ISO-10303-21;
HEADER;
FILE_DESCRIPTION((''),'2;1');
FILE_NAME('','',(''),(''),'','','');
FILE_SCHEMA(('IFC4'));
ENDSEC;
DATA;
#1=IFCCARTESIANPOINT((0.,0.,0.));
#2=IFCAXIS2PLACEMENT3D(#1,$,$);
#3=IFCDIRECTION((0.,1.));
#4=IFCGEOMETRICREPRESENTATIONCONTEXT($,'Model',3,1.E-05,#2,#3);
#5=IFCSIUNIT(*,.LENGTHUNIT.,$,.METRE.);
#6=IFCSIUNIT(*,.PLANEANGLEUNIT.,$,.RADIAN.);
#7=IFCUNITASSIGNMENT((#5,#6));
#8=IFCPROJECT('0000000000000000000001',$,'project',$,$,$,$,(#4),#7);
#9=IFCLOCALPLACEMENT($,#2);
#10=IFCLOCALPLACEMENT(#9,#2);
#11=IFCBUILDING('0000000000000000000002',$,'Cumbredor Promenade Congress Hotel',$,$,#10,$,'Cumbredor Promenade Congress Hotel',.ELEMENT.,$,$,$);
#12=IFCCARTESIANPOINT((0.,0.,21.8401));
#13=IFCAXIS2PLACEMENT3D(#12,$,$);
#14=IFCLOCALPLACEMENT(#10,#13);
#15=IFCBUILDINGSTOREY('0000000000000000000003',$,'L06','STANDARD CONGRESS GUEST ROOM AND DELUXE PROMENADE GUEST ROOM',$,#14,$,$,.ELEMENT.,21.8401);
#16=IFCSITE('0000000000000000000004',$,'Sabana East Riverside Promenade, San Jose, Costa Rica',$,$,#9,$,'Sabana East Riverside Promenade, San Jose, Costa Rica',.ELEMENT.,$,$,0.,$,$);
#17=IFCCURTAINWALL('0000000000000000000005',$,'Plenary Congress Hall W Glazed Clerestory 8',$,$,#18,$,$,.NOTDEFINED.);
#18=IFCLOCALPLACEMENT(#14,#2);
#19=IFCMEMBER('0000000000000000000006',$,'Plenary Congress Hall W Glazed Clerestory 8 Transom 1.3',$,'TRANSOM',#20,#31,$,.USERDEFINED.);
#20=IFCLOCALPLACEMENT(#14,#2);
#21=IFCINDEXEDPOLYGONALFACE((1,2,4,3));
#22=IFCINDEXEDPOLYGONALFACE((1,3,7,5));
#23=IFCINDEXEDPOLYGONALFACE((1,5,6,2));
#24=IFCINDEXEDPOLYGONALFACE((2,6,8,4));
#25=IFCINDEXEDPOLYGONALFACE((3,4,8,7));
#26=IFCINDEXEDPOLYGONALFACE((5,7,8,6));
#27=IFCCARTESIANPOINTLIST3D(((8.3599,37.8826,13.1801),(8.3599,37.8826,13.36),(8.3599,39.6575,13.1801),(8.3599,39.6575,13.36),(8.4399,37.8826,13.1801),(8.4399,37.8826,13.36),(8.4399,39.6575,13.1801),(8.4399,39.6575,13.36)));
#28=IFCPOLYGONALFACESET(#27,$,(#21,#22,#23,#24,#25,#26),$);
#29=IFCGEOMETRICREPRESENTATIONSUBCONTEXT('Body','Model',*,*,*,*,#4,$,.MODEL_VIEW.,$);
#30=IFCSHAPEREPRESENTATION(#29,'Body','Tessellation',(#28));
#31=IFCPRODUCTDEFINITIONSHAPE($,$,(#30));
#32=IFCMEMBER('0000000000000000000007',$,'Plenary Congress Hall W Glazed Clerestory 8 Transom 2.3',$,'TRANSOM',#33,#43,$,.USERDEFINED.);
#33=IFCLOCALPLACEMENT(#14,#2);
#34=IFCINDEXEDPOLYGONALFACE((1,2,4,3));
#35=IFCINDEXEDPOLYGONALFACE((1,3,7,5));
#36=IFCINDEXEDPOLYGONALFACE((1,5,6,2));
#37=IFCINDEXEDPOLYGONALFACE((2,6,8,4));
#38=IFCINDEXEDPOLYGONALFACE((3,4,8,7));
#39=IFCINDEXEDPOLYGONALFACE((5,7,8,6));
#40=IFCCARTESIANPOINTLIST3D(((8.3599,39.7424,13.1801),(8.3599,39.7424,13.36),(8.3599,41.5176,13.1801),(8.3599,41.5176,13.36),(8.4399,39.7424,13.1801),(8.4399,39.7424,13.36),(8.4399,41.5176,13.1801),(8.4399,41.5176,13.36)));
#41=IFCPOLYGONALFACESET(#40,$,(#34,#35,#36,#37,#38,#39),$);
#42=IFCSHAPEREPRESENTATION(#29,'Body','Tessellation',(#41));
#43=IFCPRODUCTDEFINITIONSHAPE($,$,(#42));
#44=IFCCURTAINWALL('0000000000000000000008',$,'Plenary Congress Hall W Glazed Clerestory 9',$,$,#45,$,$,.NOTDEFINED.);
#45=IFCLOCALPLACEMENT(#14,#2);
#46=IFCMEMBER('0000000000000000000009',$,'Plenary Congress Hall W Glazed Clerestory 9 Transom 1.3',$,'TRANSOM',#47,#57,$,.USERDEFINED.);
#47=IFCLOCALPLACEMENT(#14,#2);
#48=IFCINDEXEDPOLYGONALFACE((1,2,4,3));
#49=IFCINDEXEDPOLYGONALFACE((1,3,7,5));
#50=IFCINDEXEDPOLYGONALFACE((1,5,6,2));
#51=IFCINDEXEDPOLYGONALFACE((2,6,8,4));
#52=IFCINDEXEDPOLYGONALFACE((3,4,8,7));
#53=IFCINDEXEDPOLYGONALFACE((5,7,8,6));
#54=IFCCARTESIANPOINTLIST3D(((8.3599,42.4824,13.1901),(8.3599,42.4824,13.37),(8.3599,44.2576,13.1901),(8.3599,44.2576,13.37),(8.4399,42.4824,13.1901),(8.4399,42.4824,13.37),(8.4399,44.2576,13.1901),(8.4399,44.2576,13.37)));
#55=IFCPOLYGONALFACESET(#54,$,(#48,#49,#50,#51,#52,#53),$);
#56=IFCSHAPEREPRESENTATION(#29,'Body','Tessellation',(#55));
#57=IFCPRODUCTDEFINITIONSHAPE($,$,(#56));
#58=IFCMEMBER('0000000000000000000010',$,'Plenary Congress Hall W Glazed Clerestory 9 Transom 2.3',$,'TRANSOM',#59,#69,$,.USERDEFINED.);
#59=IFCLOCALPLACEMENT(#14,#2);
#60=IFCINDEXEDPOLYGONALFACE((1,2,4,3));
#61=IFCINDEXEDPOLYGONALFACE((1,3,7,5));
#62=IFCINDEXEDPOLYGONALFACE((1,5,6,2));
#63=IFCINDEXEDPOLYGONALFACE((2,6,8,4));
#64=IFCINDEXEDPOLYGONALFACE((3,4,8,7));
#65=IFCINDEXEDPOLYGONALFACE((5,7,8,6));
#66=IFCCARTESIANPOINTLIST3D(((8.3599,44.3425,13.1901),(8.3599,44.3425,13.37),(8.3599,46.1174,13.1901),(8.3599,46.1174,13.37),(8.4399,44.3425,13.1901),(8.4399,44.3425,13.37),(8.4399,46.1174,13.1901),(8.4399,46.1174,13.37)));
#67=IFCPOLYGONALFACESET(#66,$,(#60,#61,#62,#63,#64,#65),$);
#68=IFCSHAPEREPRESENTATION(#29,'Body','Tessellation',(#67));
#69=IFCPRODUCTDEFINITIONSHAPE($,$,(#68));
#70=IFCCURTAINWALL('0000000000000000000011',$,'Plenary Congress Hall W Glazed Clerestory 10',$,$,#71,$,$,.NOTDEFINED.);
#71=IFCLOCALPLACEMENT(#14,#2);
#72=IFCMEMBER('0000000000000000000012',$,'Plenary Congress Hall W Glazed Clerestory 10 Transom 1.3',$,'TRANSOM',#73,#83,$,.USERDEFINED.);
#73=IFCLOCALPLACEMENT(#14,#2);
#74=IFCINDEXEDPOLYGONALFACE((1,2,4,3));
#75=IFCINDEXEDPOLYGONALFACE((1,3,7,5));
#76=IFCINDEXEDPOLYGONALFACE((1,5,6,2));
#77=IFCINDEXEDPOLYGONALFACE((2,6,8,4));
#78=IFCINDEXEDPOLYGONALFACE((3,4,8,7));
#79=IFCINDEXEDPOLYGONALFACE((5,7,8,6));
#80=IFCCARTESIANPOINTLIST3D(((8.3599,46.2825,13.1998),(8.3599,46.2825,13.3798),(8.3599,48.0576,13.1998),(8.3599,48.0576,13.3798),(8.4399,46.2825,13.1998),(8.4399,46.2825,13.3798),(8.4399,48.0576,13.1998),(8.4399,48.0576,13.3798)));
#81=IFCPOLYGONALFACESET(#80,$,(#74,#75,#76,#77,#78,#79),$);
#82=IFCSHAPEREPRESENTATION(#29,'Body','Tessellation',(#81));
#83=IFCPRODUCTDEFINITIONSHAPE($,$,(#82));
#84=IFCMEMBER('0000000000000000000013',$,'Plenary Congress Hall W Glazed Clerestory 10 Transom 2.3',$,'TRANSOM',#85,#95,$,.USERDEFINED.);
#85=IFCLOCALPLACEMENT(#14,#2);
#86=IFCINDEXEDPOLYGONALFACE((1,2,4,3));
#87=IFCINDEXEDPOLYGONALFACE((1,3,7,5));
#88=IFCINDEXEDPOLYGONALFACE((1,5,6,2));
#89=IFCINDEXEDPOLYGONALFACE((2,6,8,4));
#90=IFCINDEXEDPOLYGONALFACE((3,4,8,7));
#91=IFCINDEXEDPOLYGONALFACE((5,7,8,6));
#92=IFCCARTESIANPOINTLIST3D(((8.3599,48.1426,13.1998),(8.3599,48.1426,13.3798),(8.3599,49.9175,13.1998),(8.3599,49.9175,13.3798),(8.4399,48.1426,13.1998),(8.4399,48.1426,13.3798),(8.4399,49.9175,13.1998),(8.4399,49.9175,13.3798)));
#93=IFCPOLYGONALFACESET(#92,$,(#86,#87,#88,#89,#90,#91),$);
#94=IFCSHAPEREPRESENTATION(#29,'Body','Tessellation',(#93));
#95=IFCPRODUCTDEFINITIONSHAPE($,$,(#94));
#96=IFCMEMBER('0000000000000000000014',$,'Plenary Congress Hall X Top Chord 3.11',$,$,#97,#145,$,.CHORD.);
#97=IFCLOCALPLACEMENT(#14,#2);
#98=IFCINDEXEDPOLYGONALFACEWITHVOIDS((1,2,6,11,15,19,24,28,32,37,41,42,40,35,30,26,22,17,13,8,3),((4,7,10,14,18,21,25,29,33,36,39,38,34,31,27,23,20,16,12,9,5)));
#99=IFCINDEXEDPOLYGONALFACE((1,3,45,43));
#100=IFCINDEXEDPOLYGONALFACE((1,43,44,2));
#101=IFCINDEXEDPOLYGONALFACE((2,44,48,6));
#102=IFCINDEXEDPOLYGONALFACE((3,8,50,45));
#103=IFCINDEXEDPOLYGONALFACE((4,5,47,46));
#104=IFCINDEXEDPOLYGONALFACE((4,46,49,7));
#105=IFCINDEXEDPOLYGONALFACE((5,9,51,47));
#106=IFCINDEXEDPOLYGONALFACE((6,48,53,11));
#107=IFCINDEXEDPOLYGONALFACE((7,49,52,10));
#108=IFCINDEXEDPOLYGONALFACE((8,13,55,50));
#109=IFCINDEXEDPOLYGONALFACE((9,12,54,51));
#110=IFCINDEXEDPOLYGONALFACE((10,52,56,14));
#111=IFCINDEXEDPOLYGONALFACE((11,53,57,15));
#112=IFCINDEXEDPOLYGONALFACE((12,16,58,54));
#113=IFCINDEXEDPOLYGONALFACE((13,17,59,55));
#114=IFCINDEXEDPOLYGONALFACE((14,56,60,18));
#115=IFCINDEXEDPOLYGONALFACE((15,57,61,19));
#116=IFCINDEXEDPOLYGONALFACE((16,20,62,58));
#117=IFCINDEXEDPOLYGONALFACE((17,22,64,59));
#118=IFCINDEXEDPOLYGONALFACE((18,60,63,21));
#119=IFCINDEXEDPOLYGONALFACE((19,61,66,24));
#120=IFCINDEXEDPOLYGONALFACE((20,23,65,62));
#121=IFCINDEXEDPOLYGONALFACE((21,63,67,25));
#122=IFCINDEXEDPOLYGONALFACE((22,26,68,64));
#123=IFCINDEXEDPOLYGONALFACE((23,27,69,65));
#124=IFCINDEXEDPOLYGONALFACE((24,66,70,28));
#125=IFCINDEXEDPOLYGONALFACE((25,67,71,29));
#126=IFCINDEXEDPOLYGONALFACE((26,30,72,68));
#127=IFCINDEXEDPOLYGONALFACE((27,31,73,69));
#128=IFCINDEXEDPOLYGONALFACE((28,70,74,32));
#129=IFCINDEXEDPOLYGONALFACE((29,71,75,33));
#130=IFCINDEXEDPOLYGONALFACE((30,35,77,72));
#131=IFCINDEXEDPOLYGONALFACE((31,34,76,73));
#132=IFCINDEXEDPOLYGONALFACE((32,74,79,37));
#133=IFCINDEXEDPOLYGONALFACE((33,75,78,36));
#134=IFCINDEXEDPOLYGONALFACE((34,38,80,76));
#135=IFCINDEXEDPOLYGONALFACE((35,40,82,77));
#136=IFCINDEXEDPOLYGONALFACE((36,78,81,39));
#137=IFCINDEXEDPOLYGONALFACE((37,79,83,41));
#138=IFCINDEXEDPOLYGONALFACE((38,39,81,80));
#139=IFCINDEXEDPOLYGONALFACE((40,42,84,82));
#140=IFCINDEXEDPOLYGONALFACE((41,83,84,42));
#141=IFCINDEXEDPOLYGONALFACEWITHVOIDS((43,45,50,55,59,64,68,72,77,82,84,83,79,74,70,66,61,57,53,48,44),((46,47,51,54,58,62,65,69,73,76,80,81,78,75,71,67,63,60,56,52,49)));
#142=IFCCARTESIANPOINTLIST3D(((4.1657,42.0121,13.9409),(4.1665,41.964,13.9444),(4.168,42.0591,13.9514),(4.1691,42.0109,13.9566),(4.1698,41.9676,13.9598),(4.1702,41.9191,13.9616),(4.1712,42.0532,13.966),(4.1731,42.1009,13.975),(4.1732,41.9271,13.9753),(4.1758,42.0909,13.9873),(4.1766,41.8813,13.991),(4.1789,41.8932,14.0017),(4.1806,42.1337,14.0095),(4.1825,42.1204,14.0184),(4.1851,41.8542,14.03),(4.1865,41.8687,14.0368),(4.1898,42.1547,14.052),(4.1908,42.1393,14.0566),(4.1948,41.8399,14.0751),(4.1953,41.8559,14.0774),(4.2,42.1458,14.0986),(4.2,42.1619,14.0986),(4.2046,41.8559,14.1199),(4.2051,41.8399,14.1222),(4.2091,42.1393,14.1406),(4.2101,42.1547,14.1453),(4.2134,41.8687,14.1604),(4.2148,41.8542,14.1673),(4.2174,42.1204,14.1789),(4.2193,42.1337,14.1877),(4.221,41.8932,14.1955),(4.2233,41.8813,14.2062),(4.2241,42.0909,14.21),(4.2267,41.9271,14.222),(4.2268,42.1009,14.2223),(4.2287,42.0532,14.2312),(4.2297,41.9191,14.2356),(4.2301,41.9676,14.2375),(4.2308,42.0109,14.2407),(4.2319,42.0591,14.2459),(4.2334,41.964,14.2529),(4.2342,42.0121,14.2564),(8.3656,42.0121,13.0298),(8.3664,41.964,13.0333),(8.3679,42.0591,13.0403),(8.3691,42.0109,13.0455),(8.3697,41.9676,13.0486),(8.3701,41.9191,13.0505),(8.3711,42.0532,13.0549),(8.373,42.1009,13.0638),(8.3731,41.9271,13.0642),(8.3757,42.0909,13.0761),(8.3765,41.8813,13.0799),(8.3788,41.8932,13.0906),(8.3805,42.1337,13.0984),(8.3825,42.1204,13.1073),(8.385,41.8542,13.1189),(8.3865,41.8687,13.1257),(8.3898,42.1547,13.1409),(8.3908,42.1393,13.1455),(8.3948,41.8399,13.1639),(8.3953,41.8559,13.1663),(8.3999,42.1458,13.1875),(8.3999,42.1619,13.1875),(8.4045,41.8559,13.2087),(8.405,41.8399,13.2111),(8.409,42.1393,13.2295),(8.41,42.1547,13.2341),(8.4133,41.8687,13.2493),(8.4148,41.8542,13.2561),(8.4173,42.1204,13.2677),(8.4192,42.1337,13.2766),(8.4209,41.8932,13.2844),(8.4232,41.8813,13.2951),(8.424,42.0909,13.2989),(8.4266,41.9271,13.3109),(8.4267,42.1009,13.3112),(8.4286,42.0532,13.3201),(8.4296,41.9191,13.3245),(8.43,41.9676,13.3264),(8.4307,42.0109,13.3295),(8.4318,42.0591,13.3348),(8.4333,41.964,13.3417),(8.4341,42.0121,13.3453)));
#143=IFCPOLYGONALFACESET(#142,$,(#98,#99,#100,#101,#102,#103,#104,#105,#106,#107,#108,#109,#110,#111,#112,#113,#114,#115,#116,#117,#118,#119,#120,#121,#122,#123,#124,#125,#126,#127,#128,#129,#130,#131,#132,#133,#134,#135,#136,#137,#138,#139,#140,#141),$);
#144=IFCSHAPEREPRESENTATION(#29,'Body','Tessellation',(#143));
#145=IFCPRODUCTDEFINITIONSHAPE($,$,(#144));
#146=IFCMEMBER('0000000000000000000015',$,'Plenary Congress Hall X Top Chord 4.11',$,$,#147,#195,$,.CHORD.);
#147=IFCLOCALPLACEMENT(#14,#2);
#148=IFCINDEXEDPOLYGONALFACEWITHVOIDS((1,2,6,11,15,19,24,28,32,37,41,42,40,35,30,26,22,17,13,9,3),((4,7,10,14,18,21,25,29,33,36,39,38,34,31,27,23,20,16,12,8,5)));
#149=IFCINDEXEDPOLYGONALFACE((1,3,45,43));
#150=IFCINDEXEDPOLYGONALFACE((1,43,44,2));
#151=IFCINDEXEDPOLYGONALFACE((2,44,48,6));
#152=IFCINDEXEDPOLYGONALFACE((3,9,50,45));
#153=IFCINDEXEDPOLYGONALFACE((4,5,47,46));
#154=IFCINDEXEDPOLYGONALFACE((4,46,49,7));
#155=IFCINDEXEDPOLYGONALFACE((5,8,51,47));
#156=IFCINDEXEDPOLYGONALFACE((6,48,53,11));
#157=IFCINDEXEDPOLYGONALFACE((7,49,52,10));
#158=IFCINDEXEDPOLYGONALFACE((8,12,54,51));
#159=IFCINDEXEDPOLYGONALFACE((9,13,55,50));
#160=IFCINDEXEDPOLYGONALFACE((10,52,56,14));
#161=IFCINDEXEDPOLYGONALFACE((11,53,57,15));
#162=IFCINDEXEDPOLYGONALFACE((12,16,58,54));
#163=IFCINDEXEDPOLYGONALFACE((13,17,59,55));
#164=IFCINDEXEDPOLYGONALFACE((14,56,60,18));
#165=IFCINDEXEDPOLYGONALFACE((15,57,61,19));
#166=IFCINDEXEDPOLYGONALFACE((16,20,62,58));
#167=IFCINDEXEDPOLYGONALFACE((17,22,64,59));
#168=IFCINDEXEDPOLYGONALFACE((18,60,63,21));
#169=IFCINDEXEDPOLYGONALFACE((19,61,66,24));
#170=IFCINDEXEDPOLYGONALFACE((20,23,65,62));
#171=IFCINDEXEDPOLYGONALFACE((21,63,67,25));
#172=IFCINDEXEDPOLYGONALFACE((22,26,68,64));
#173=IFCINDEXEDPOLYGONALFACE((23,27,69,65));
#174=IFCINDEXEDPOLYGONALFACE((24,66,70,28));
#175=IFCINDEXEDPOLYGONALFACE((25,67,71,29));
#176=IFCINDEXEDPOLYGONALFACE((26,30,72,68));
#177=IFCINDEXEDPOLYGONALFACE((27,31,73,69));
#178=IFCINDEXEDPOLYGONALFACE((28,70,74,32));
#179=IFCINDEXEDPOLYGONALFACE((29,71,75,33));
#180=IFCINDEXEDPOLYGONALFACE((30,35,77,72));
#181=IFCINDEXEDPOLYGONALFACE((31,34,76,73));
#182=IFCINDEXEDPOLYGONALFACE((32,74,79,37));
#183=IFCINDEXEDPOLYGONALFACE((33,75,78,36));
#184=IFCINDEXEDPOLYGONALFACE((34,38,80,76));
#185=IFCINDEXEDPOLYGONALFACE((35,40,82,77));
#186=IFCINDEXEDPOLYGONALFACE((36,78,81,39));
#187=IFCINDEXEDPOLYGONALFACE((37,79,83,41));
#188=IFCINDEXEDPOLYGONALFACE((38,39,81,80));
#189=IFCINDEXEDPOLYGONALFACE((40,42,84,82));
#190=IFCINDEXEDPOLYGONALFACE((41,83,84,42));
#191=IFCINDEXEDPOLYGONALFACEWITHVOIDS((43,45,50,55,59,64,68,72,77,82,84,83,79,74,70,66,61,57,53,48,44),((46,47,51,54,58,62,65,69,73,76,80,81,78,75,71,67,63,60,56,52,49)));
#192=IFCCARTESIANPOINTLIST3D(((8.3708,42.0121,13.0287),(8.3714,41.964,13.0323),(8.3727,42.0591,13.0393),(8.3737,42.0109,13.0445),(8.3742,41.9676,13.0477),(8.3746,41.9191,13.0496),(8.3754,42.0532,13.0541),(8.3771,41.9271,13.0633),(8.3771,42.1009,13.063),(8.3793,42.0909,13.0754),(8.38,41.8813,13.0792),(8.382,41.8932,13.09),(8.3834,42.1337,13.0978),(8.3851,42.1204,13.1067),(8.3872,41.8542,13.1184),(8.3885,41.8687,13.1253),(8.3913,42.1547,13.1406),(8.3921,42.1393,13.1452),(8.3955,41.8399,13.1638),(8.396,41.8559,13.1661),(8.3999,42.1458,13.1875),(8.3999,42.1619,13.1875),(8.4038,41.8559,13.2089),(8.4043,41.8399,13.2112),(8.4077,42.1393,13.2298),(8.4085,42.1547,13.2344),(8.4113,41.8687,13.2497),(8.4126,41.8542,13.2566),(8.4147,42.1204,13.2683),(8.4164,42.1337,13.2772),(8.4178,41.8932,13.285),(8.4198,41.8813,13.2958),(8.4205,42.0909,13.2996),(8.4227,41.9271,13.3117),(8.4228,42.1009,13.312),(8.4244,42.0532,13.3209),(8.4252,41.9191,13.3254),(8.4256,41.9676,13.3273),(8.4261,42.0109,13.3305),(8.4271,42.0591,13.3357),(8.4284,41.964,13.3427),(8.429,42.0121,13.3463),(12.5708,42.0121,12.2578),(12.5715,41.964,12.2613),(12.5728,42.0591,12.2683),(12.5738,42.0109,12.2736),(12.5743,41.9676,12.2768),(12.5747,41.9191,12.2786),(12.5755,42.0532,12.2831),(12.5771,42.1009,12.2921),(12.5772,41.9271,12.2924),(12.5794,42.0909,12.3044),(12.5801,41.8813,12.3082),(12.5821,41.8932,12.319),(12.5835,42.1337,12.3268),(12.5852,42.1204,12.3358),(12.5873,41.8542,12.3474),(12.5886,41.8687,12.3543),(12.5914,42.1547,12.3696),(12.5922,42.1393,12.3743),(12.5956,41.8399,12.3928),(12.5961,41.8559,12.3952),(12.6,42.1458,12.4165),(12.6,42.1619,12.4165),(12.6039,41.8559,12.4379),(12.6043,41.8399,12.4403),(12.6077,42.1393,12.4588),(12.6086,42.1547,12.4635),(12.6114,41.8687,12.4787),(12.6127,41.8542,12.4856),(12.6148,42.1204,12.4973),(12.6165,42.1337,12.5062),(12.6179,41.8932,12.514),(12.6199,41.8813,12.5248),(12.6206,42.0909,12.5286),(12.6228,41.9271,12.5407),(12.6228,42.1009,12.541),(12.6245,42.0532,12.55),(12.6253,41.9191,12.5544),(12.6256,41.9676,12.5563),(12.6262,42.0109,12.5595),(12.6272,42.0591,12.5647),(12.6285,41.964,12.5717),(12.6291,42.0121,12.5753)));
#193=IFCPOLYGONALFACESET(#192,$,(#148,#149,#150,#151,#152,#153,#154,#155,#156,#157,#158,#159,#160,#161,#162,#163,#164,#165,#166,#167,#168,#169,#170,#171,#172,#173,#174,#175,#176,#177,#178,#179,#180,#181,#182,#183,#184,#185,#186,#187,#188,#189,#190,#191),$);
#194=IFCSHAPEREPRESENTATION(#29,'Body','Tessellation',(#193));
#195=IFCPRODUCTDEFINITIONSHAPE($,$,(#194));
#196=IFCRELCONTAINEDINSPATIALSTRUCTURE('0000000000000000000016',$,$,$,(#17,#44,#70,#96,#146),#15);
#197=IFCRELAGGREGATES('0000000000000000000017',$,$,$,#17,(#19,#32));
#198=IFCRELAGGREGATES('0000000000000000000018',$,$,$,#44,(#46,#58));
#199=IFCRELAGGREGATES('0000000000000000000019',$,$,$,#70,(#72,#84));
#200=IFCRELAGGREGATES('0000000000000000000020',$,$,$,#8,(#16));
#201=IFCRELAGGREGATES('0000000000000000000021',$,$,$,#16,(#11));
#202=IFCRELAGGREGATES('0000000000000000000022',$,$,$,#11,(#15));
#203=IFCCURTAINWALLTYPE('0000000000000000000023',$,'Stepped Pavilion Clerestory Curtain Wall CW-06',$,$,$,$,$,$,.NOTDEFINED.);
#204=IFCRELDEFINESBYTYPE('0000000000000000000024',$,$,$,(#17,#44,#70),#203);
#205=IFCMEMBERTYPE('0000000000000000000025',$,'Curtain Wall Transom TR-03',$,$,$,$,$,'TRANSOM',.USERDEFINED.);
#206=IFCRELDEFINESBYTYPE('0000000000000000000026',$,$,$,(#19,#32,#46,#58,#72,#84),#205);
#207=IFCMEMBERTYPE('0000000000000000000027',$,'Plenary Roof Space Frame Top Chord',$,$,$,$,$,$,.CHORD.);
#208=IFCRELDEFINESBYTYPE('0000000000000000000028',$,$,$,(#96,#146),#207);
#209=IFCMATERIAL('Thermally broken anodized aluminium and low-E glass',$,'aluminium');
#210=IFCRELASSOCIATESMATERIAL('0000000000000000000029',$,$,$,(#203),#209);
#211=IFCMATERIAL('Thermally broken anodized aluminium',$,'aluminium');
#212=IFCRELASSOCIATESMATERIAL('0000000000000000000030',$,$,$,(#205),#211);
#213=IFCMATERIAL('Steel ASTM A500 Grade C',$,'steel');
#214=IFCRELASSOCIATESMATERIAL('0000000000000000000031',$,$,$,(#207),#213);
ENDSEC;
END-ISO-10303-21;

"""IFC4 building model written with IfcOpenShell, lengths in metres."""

from ifc_helpers import new_model, si_unit, direction, frame, origin, origin_2d, place, context, subcontext, project, spatial, rectangle, hollow_circle, extrude, material, material_profile, profile_set, type_object, element, aggregate, save


model = new_model("IFC4")

# Units and contexts
model_context = context("Model", 3, precision=1e-05, world=origin(), true_north=direction((0.0, 1.0)))
body_context = subcontext(model_context, "Body", "Model", "MODEL_VIEW")
ifc_project = project(units=[si_unit("LENGTHUNIT", "METRE"), si_unit("PLANEANGLEUNIT", "RADIAN")], contexts=[model_context])

# Site, building, storey
site_placement = place(None, origin())
site = spatial("IfcSite", under=ifc_project, at=site_placement, Name="Sabana East Riverside Promenade, San Jose, Costa Rica", LongName="Sabana East Riverside Promenade, San Jose, Costa Rica", CompositionType="ELEMENT", RefElevation=0.0)
building_placement = place(site_placement, origin())
building = spatial("IfcBuilding", under=site, at=building_placement, Name="Cumbredor Promenade Congress Hotel", LongName="Cumbredor Promenade Congress Hotel", CompositionType="ELEMENT")
storey_placement = place(building_placement, frame((0.0, 0.0, 21.8401)))
storey = spatial("IfcBuildingStorey", under=building, at=storey_placement, Name="L06", Description="STANDARD CONGRESS GUEST ROOM AND DELUXE PROMENADE GUEST ROOM", CompositionType="ELEMENT", Elevation=21.8401)

# Curtain walls, members
ifc_material_1 = material(Name="Thermally broken anodized aluminium and low-E glass", Category="aluminium")
curtain_wall_type = type_object("IfcCurtainWallType", Name="Stepped Pavilion Clerestory Curtain Wall CW-06", PredefinedType="NOTDEFINED", material=ifc_material_1)
curtain_wall_1_placement = place(storey_placement, origin())
curtain_wall_1 = element("IfcCurtainWall", 1, at=curtain_wall_1_placement, inside=storey, type_object=curtain_wall_type, Name="Plenary Congress Hall W Glazed Clerestory 8", PredefinedType="NOTDEFINED")
ifc_material_2 = material(Name="Thermally broken anodized aluminium", Category="aluminium")
ifc_material_profile_1 = material_profile(ifc_material_2, rectangle(XDim=0.0801, YDim=0.1799, at=origin_2d()), Name="ALU TRANSOM 80x180")
ifc_profile_set_1 = profile_set([ifc_material_profile_1], Name="Thermally broken anodized aluminium")
member_type_1 = type_object("IfcMemberType", Name="Curtain Wall Transom TR-03", ElementType="TRANSOM", PredefinedType="USERDEFINED", material=ifc_profile_set_1)
member_1_placement = place(storey_placement, frame((8.3999, 37.8826, 13.27), z_axis=(0.0, 1.0, 0.0), x_axis=(-1.0, 0.0, 0.0)))
member_1 = element("IfcMember", 2, at=member_1_placement, type_object=member_type_1, Name="Plenary Congress Hall W Glazed Clerestory 8 Transom 1.3", ObjectType="TRANSOM", PredefinedType="USERDEFINED", context=body_context, shape_type="SweptSolid", body=[
    extrude(rectangle(XDim=0.0801, YDim=0.1799, at=origin_2d()), origin(), (0.0, 0.0, 1.0), 1.7749),
])
member_2_placement = place(storey_placement, frame((8.3999, 39.7424, 13.27), z_axis=(0.0, 1.0, 0.0), x_axis=(-1.0, 0.0, 0.0)))
member_2 = element("IfcMember", 3, at=member_2_placement, type_object=member_type_1, Name="Plenary Congress Hall W Glazed Clerestory 8 Transom 2.3", ObjectType="TRANSOM", PredefinedType="USERDEFINED", context=body_context, shape_type="SweptSolid", body=[
    extrude(rectangle(XDim=0.0801, YDim=0.1799, at=origin_2d()), origin(), (0.0, 0.0, 1.0), 1.7751),
])
aggregate(curtain_wall_1, [member_1, member_2])
curtain_wall_2_placement = place(storey_placement, origin())
curtain_wall_2 = element("IfcCurtainWall", 4, at=curtain_wall_2_placement, inside=storey, type_object=curtain_wall_type, Name="Plenary Congress Hall W Glazed Clerestory 9", PredefinedType="NOTDEFINED")
member_3_placement = place(storey_placement, frame((8.3999, 42.4824, 13.28), z_axis=(0.0, 1.0, 0.0), x_axis=(-1.0, 0.0, 0.0)))
member_3 = element("IfcMember", 5, at=member_3_placement, type_object=member_type_1, Name="Plenary Congress Hall W Glazed Clerestory 9 Transom 1.3", ObjectType="TRANSOM", PredefinedType="USERDEFINED", context=body_context, shape_type="SweptSolid", body=[
    extrude(rectangle(XDim=0.0801, YDim=0.1799, at=origin_2d()), origin(), (0.0, 0.0, 1.0), 1.7751),
])
member_4_placement = place(storey_placement, frame((8.3999, 44.3425, 13.28), z_axis=(0.0, 1.0, 0.0), x_axis=(-1.0, 0.0, 0.0)))
member_4 = element("IfcMember", 6, at=member_4_placement, type_object=member_type_1, Name="Plenary Congress Hall W Glazed Clerestory 9 Transom 2.3", ObjectType="TRANSOM", PredefinedType="USERDEFINED", context=body_context, shape_type="SweptSolid", body=[
    extrude(rectangle(XDim=0.0801, YDim=0.1799, at=origin_2d()), origin(), (0.0, 0.0, 1.0), 1.7749),
])
aggregate(curtain_wall_2, [member_3, member_4])
curtain_wall_3_placement = place(storey_placement, origin())
curtain_wall_3 = element("IfcCurtainWall", 7, at=curtain_wall_3_placement, inside=storey, type_object=curtain_wall_type, Name="Plenary Congress Hall W Glazed Clerestory 10", PredefinedType="NOTDEFINED")
member_5_placement = place(storey_placement, frame((8.3999, 46.2825, 13.2898), z_axis=(0.0, 1.0, 0.0), x_axis=(-1.0, 0.0, 0.0)))
member_5 = element("IfcMember", 8, at=member_5_placement, type_object=member_type_1, Name="Plenary Congress Hall W Glazed Clerestory 10 Transom 1.3", ObjectType="TRANSOM", PredefinedType="USERDEFINED", context=body_context, shape_type="SweptSolid", body=[
    extrude(rectangle(XDim=0.0801, YDim=0.1799, at=origin_2d()), origin(), (0.0, 0.0, 1.0), 1.7751),
])
member_6_placement = place(storey_placement, frame((8.3999, 48.1426, 13.2898), z_axis=(0.0, 1.0, 0.0), x_axis=(-1.0, 0.0, 0.0)))
member_6 = element("IfcMember", 9, at=member_6_placement, type_object=member_type_1, Name="Plenary Congress Hall W Glazed Clerestory 10 Transom 2.3", ObjectType="TRANSOM", PredefinedType="USERDEFINED", context=body_context, shape_type="SweptSolid", body=[
    extrude(rectangle(XDim=0.0801, YDim=0.1799, at=origin_2d()), origin(), (0.0, 0.0, 1.0), 1.7749),
])
aggregate(curtain_wall_3, [member_5, member_6])

# Members
ifc_material_3 = material(Name="Steel ASTM A500 Grade C", Category="steel")
ifc_material_profile_2 = material_profile(ifc_material_3, hollow_circle(Radius=0.1619, WallThickness=0.0161, at=origin_2d()), Name="CHS 323.9x16")
ifc_profile_set_2 = profile_set([ifc_material_profile_2], Name="Steel ASTM A500 Grade C")
member_type_2 = type_object("IfcMemberType", Name="Plenary Roof Space Frame Top Chord", PredefinedType="CHORD", material=ifc_profile_set_2)
member_7_placement = place(storey_placement, frame((4.2, 42.0, 14.0986), z_axis=(0.977268, 0.0, -0.212007), x_axis=(0.0, 1.0, 0.0)))
element("IfcMember", 10, at=member_7_placement, inside=storey, type_object=member_type_2, Name="Plenary Congress Hall X Top Chord 3.11", PredefinedType="CHORD", context=body_context, shape_type="SweptSolid", body=[
    extrude(hollow_circle(Radius=0.1619, WallThickness=0.0161, at=origin_2d()), origin(), (0.0, 0.0, 1.0), 4.2976),
])
member_8_placement = place(storey_placement, frame((8.3999, 42.0, 13.1875), z_axis=(0.983567, 0.0, -0.180545), x_axis=(0.0, 1.0, 0.0)))
element("IfcMember", 11, at=member_8_placement, inside=storey, type_object=member_type_2, Name="Plenary Congress Hall X Top Chord 4.11", PredefinedType="CHORD", context=body_context, shape_type="SweptSolid", body=[
    extrude(hollow_circle(Radius=0.1619, WallThickness=0.0161, at=origin_2d()), origin(), (0.0, 0.0, 1.0), 4.2703),
])

save(model, "model.ifc")
